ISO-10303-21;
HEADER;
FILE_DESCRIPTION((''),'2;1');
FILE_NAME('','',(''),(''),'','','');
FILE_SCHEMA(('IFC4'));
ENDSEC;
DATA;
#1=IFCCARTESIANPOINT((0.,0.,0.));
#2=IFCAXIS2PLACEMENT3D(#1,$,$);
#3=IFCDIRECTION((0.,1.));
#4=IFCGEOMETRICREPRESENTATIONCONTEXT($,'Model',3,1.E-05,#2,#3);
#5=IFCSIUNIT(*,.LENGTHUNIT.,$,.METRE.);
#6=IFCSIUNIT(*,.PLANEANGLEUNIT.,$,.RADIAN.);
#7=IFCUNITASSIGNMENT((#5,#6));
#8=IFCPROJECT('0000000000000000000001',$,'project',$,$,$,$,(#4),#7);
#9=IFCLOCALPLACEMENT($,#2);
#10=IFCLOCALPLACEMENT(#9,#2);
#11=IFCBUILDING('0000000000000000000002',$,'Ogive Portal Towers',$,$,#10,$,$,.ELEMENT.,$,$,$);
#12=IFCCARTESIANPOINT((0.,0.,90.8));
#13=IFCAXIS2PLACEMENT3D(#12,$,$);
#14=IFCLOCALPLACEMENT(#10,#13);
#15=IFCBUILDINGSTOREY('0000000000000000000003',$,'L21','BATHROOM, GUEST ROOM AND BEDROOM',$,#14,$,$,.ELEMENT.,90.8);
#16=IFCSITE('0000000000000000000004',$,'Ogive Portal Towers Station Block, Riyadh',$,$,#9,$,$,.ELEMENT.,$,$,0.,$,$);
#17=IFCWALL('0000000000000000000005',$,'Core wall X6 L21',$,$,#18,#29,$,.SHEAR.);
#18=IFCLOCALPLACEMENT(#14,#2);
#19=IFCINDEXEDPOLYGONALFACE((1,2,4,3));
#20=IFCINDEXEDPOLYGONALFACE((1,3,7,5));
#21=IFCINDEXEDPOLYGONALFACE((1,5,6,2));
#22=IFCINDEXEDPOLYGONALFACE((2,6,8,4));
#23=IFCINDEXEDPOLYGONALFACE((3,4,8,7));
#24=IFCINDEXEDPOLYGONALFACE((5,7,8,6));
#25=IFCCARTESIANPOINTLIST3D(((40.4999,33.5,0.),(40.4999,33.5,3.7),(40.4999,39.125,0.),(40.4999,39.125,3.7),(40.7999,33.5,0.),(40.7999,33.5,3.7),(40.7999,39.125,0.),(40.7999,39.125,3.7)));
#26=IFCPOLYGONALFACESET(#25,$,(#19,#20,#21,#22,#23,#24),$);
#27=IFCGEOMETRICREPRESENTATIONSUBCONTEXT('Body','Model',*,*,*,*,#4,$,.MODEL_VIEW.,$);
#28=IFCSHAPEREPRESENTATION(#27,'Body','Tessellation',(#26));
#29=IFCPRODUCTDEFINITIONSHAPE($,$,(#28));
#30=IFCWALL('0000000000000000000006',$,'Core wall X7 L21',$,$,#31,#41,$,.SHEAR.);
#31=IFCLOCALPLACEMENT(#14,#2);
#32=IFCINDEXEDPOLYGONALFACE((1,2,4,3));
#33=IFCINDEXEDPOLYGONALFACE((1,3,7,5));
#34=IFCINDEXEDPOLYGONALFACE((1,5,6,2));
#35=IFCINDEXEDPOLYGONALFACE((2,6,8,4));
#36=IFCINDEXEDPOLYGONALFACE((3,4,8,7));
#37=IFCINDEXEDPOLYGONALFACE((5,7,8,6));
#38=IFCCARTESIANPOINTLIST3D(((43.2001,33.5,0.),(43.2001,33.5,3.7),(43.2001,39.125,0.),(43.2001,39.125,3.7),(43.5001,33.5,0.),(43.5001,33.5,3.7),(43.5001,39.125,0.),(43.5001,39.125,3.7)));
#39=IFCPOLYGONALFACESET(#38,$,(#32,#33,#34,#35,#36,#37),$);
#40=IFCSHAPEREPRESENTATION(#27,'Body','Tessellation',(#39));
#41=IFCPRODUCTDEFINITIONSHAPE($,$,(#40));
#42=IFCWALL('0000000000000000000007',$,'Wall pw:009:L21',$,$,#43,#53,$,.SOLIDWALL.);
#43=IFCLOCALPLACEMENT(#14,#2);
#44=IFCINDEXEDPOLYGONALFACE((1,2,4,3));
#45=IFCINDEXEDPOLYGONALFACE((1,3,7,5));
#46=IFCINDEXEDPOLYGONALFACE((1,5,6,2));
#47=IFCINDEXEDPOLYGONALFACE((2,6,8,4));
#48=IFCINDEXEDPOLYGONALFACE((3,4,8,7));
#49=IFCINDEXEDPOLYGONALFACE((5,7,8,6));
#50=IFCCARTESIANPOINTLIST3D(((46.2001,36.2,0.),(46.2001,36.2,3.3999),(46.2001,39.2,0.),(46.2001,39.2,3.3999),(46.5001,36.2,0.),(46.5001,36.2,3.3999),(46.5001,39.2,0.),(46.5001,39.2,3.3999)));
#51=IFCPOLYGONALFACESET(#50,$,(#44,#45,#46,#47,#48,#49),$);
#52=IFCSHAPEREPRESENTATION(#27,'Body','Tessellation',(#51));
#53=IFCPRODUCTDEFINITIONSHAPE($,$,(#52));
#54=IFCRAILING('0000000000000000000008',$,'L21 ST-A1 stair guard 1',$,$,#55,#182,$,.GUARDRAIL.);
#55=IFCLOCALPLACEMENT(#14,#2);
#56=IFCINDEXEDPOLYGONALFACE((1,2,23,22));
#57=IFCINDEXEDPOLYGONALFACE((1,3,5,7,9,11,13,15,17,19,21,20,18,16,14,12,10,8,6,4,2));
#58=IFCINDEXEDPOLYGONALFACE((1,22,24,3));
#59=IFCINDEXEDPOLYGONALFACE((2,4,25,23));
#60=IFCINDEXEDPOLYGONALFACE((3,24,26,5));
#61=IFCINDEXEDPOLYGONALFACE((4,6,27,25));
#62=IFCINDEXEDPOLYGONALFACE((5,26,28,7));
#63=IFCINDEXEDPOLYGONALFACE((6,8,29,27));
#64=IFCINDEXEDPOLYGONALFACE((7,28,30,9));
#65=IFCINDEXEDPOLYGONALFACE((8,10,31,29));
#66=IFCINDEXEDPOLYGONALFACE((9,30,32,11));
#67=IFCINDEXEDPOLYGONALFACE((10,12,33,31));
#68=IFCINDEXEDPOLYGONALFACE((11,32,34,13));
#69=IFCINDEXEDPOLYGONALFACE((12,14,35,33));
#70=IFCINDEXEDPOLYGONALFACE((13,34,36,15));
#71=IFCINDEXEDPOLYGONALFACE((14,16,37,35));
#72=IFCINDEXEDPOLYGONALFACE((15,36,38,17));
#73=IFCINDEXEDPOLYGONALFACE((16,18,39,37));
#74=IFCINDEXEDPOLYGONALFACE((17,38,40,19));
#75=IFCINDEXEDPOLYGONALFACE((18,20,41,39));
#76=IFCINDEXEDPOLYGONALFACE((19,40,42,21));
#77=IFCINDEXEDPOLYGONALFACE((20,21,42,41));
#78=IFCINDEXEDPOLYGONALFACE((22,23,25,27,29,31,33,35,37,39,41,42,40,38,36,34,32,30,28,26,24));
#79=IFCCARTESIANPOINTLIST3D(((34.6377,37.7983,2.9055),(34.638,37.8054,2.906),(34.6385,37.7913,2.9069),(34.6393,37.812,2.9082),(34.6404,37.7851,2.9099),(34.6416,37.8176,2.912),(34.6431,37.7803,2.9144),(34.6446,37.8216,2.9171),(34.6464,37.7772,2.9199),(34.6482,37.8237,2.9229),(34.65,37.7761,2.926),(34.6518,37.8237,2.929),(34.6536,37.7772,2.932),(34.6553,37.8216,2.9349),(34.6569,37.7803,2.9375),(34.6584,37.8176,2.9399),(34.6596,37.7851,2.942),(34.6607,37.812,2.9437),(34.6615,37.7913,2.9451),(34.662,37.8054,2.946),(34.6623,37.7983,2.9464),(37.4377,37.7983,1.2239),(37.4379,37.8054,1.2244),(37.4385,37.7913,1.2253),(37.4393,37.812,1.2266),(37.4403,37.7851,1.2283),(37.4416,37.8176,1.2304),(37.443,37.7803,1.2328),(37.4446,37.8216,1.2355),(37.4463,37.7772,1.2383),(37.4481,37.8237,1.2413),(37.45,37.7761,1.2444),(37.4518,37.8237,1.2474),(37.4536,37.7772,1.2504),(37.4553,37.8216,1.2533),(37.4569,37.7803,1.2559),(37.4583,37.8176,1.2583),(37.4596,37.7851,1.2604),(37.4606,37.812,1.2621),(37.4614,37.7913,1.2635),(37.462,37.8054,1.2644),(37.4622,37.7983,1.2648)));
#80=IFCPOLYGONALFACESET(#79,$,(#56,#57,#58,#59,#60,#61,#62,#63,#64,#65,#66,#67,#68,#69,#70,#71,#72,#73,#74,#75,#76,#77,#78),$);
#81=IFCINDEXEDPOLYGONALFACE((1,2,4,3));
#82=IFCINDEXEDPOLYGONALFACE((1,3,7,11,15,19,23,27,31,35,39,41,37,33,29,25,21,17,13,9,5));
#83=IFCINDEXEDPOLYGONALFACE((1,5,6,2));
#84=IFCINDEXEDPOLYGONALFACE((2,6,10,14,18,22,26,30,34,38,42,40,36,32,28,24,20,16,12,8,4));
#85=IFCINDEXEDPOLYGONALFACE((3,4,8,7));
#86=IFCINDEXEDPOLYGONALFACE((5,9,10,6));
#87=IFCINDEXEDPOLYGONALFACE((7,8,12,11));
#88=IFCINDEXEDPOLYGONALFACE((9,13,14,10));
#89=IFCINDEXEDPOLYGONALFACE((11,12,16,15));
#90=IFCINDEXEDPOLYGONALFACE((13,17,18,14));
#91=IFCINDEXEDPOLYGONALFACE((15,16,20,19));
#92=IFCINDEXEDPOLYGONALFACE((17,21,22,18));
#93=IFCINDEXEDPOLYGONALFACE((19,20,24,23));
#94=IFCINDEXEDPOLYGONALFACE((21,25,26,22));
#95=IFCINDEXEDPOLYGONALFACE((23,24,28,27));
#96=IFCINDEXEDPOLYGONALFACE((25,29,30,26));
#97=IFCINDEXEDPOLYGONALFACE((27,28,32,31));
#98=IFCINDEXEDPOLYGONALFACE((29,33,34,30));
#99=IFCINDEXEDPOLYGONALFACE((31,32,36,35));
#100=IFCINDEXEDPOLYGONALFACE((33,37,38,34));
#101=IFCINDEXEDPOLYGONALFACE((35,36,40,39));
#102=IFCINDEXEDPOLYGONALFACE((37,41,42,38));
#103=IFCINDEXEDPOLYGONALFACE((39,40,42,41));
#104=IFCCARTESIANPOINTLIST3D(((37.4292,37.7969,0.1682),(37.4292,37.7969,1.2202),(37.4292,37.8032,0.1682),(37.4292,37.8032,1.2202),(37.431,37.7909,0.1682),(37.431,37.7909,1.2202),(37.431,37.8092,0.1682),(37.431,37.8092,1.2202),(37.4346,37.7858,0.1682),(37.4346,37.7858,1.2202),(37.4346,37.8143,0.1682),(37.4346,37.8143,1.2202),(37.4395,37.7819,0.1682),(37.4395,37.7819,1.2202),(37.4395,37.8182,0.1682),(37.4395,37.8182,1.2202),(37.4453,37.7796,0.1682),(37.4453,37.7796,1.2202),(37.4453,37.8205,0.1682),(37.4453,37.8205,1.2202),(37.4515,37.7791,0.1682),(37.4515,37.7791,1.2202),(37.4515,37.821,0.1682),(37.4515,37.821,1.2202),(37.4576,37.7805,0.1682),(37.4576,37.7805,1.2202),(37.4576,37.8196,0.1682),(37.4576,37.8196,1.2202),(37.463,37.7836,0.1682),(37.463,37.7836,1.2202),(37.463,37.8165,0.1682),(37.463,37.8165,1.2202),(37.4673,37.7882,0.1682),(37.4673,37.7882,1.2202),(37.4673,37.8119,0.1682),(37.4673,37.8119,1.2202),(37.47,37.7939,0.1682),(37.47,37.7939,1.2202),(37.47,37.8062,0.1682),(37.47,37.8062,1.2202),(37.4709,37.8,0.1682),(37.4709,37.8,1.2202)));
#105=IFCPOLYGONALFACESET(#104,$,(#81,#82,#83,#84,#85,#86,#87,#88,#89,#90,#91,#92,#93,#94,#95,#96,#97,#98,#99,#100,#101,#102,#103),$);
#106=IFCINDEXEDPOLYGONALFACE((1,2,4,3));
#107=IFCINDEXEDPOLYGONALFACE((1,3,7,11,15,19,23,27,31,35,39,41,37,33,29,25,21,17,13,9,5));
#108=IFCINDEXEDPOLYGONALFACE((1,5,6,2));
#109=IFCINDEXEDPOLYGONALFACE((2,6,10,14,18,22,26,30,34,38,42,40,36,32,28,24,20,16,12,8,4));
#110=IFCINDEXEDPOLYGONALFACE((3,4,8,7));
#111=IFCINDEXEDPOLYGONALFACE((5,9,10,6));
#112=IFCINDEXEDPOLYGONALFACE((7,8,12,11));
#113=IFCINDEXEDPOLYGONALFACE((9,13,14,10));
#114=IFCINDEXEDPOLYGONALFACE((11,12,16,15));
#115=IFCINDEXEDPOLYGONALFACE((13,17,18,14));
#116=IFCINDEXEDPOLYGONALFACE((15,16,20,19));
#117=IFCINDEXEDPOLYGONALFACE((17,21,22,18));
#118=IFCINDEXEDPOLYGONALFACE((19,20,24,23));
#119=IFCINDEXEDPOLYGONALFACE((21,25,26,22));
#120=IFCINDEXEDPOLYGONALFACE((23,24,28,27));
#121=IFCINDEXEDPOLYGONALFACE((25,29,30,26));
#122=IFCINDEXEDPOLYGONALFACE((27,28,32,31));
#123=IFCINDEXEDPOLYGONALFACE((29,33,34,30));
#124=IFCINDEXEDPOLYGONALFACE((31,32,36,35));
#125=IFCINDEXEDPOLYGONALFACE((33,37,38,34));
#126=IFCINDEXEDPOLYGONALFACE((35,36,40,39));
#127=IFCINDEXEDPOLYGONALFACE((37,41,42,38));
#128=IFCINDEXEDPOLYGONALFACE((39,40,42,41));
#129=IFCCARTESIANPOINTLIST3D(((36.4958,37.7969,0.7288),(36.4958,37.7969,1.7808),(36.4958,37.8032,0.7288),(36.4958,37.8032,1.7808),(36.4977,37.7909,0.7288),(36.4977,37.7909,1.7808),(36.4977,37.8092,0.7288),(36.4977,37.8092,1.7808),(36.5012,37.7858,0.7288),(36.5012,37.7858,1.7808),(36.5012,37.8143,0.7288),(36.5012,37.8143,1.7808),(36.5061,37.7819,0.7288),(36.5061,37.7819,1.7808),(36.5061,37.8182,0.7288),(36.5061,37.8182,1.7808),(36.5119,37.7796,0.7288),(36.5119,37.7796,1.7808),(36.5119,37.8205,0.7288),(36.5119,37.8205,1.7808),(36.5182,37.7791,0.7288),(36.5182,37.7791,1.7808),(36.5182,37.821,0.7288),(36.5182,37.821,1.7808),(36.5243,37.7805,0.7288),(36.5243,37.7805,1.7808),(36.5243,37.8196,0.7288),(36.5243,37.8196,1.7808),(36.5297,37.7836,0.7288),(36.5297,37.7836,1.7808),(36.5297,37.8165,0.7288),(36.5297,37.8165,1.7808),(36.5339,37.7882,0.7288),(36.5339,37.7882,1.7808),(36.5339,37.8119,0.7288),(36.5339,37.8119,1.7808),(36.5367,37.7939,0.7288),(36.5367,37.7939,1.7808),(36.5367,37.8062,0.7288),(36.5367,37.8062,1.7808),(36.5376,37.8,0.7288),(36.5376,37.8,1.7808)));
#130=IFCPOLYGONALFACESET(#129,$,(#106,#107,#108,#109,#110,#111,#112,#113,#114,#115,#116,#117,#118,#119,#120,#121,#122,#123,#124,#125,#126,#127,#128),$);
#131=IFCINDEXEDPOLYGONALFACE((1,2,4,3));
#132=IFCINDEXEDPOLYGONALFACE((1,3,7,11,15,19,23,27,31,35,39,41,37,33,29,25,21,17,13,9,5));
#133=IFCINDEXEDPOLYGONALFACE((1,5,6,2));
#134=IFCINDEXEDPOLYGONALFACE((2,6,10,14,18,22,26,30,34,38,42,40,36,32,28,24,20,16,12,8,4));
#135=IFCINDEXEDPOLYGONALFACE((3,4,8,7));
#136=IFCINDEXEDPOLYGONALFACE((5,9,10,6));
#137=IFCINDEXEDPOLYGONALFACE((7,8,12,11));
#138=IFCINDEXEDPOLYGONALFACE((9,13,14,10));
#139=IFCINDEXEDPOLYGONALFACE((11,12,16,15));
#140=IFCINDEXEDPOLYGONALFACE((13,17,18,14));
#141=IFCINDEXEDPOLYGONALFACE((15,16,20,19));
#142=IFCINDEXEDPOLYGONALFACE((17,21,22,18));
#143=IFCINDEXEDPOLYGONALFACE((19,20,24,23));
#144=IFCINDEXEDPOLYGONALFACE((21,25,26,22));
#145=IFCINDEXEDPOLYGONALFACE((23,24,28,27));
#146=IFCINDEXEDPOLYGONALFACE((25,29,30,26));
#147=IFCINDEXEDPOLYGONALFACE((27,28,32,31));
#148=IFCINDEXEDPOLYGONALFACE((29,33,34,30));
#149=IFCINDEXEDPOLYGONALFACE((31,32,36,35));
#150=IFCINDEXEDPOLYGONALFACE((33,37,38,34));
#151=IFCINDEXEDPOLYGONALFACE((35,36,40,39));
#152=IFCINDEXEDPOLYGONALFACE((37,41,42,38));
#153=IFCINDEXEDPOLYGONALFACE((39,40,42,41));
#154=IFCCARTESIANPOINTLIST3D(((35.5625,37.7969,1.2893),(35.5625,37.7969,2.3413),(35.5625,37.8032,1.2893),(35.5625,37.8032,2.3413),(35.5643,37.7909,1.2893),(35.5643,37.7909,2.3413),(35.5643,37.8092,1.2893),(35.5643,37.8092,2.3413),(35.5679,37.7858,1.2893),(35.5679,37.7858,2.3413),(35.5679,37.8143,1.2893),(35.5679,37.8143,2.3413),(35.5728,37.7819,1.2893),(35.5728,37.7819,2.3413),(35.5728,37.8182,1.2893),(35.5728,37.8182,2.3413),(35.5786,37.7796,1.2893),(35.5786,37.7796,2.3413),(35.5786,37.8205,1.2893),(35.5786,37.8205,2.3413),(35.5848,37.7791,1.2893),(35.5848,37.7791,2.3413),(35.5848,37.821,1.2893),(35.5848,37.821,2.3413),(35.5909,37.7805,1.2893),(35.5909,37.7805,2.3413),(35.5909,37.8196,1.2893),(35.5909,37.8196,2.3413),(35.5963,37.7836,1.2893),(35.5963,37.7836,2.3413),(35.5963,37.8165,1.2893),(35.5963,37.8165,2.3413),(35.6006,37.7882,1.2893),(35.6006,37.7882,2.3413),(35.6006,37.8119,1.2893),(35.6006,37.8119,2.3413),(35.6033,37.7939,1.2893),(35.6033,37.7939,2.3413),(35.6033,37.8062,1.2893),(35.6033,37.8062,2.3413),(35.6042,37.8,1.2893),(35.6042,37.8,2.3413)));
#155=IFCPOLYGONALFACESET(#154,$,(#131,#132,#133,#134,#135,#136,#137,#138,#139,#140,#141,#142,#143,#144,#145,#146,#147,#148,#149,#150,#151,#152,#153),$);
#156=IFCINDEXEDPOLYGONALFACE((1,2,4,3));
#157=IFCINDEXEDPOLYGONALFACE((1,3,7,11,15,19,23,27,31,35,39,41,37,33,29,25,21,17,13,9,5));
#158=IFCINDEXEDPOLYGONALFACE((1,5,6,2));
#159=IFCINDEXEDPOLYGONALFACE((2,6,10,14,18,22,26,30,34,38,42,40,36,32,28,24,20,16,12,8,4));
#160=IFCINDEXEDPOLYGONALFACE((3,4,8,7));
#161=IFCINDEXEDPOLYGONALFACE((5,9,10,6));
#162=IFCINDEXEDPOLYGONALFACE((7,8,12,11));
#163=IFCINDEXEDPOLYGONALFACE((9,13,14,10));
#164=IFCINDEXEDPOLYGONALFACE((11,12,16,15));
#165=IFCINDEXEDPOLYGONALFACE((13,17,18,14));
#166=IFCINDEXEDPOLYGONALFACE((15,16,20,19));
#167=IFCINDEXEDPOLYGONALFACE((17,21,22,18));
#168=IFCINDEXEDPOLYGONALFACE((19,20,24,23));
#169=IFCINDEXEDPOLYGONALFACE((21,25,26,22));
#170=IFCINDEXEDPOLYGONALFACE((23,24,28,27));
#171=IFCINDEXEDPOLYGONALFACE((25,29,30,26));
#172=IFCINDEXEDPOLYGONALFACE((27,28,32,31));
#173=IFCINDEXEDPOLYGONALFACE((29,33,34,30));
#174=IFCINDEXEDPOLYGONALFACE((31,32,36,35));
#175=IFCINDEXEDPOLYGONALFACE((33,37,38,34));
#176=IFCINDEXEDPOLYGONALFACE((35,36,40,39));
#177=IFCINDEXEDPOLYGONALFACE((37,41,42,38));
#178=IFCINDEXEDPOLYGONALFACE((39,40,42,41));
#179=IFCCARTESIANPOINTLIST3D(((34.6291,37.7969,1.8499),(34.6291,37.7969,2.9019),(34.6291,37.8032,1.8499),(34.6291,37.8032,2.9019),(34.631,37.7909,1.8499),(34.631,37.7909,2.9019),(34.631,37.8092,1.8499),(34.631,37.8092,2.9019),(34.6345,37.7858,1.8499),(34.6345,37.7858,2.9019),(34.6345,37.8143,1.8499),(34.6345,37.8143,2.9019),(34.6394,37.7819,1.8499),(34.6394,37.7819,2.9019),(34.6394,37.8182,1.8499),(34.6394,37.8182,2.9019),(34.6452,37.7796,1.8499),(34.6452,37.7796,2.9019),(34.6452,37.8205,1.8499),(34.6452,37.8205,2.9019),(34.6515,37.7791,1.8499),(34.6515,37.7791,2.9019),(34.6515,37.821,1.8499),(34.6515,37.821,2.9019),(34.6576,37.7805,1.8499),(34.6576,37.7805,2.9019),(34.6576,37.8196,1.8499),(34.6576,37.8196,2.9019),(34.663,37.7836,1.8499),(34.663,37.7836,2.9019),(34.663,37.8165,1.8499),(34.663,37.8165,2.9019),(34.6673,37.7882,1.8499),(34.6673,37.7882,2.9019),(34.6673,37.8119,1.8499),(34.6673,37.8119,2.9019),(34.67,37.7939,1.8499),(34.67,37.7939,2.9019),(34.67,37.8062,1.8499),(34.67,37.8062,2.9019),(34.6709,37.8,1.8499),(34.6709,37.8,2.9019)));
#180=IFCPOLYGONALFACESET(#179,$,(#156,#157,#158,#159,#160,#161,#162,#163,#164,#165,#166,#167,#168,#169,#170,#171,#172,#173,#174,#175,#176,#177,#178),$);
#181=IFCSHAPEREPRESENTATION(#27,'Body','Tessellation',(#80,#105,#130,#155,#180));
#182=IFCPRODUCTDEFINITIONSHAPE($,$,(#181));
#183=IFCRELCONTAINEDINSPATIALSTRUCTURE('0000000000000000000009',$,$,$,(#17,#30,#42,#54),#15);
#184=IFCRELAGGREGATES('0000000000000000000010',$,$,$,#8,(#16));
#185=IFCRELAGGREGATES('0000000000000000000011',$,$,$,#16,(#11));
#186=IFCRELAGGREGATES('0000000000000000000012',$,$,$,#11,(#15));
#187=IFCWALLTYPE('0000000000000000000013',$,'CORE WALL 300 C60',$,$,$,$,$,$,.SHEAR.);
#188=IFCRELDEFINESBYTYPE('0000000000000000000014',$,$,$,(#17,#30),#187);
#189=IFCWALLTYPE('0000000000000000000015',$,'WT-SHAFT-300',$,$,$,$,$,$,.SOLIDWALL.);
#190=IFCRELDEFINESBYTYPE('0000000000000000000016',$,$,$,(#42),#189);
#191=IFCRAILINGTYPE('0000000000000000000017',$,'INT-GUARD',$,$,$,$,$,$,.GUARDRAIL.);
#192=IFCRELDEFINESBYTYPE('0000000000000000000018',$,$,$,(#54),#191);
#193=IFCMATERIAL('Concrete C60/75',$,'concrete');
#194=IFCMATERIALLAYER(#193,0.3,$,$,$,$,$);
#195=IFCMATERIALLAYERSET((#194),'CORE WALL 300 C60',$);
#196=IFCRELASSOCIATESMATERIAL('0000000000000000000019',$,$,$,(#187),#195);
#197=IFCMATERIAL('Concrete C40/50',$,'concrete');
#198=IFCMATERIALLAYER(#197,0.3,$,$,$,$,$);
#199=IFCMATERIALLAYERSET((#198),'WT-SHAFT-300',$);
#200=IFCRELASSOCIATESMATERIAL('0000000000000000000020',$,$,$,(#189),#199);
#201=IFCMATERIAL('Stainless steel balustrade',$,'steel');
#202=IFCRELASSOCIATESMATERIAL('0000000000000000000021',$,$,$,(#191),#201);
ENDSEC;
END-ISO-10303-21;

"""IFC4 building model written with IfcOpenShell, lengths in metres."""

from ifc_helpers import new_model, si_unit, direction, frame, frame_2d, origin, origin_2d, place, context, subcontext, project, spatial, rectangle, circle, extrude, material, layer, layer_set, type_object, element, save


model = new_model("IFC4")

# Units and contexts
model_context = context("Model", 3, precision=1e-05, world=origin(), true_north=direction((0.0, 1.0)))
body_context = subcontext(model_context, "Body", "Model", "MODEL_VIEW")
ifc_project = project(units=[si_unit("LENGTHUNIT", "METRE"), si_unit("PLANEANGLEUNIT", "RADIAN")], contexts=[model_context])

# Site, building, storey
site_placement = place(None, origin())
site = spatial("IfcSite", under=ifc_project, at=site_placement, Name="Ogive Portal Towers Station Block, Riyadh", CompositionType="ELEMENT", RefElevation=0.0)
building_placement = place(site_placement, origin())
building = spatial("IfcBuilding", under=site, at=building_placement, Name="Ogive Portal Towers", CompositionType="ELEMENT")
storey_placement = place(building_placement, frame((0.0, 0.0, 90.8)))
storey = spatial("IfcBuildingStorey", under=building, at=storey_placement, Name="L21", Description="BATHROOM, GUEST ROOM AND BEDROOM", CompositionType="ELEMENT", Elevation=90.8)

# Shared definitions
ifc_material_1 = material(Name="Concrete C60/75", Category="concrete")
ifc_layer_1 = layer(ifc_material_1, 0.3)
ifc_layer_set_1 = layer_set([ifc_layer_1], Name="CORE WALL 300 C60")
wall_type_1 = type_object("IfcWallType", Name="CORE WALL 300 C60", PredefinedType="SHEAR", material=ifc_layer_set_1)

# Walls
for number, where, z_axis, x_axis, name in (
    (1, (40.6499, 33.5, 0.0), (0.0, 0.0, 1.0), (0.0, 1.0, 0.0), "Core wall X6 L21"),
    (2, (43.3501, 33.5, 0.0), (0.0, 0.0, 1.0), (0.0, 1.0, 0.0), "Core wall X7 L21"),
):
    element("IfcWall", number, at=place(storey_placement, frame(where, z_axis=z_axis, x_axis=x_axis)), inside=storey, type_object=wall_type_1, Name=name, PredefinedType="SHEAR", context=body_context, shape_type="SweptSolid", body=[
        extrude(rectangle(XDim=5.625, YDim=0.3, at=frame_2d((2.8125, 0.0))), origin(), (0.0, 0.0, 1.0), 3.7),
    ])
ifc_material_2 = material(Name="Concrete C40/50", Category="concrete")
ifc_layer_2 = layer(ifc_material_2, 0.3)
ifc_layer_set_2 = layer_set([ifc_layer_2], Name="WT-SHAFT-300")
wall_type_2 = type_object("IfcWallType", Name="WT-SHAFT-300", PredefinedType="SOLIDWALL", material=ifc_layer_set_2)
wall_1_placement = place(storey_placement, frame((46.3501, 36.2, 0.0), z_axis=(0.0, 0.0, 1.0), x_axis=(0.0, 1.0, 0.0)))
element("IfcWall", 3, at=wall_1_placement, inside=storey, type_object=wall_type_2, Name="Wall pw:009:L21", PredefinedType="SOLIDWALL", context=body_context, shape_type="SweptSolid", body=[
    extrude(rectangle(XDim=3.0, YDim=0.3, at=frame_2d((1.5, 0.0))), origin(), (0.0, 0.0, 1.0), 3.3999),
])

# Railing
ifc_material_3 = material(Name="Stainless steel balustrade", Category="steel")
railing_type_1 = type_object("IfcRailingType", Name="INT-GUARD", PredefinedType="GUARDRAIL", material=ifc_material_3)
railing_1_placement = place(storey_placement, frame((37.45, 37.8, 0.1682)))
element("IfcRailing", 4, at=railing_1_placement, inside=storey, type_object=railing_type_1, Name="L21 ST-A1 stair guard 1", PredefinedType="GUARDRAIL", context=body_context, shape_type="SweptSolid", body=[
    extrude(circle(Radius=0.0239, at=origin_2d()), frame((0.0, 0.0, 1.0762), z_axis=(-0.857275, 0.0, 0.514858), x_axis=(0.0, -1.0, 0.0)), (0.0, 0.0, 1.0), 3.2661),
    extrude(circle(Radius=0.021, at=origin_2d()), origin(), (0.0, 0.0, 1.0), 1.052),
    extrude(circle(Radius=0.021, at=origin_2d()), frame((-0.9333, 0.0, 0.5605)), (0.0, 0.0, 1.0), 1.052),
    extrude(circle(Radius=0.021, at=origin_2d()), frame((-1.8667, 0.0, 1.1211)), (0.0, 0.0, 1.0), 1.052),
    extrude(circle(Radius=0.021, at=origin_2d()), frame((-2.8, 0.0, 1.6816)), (0.0, 0.0, 1.0), 1.052),
])

save(model, "model.ifc")
